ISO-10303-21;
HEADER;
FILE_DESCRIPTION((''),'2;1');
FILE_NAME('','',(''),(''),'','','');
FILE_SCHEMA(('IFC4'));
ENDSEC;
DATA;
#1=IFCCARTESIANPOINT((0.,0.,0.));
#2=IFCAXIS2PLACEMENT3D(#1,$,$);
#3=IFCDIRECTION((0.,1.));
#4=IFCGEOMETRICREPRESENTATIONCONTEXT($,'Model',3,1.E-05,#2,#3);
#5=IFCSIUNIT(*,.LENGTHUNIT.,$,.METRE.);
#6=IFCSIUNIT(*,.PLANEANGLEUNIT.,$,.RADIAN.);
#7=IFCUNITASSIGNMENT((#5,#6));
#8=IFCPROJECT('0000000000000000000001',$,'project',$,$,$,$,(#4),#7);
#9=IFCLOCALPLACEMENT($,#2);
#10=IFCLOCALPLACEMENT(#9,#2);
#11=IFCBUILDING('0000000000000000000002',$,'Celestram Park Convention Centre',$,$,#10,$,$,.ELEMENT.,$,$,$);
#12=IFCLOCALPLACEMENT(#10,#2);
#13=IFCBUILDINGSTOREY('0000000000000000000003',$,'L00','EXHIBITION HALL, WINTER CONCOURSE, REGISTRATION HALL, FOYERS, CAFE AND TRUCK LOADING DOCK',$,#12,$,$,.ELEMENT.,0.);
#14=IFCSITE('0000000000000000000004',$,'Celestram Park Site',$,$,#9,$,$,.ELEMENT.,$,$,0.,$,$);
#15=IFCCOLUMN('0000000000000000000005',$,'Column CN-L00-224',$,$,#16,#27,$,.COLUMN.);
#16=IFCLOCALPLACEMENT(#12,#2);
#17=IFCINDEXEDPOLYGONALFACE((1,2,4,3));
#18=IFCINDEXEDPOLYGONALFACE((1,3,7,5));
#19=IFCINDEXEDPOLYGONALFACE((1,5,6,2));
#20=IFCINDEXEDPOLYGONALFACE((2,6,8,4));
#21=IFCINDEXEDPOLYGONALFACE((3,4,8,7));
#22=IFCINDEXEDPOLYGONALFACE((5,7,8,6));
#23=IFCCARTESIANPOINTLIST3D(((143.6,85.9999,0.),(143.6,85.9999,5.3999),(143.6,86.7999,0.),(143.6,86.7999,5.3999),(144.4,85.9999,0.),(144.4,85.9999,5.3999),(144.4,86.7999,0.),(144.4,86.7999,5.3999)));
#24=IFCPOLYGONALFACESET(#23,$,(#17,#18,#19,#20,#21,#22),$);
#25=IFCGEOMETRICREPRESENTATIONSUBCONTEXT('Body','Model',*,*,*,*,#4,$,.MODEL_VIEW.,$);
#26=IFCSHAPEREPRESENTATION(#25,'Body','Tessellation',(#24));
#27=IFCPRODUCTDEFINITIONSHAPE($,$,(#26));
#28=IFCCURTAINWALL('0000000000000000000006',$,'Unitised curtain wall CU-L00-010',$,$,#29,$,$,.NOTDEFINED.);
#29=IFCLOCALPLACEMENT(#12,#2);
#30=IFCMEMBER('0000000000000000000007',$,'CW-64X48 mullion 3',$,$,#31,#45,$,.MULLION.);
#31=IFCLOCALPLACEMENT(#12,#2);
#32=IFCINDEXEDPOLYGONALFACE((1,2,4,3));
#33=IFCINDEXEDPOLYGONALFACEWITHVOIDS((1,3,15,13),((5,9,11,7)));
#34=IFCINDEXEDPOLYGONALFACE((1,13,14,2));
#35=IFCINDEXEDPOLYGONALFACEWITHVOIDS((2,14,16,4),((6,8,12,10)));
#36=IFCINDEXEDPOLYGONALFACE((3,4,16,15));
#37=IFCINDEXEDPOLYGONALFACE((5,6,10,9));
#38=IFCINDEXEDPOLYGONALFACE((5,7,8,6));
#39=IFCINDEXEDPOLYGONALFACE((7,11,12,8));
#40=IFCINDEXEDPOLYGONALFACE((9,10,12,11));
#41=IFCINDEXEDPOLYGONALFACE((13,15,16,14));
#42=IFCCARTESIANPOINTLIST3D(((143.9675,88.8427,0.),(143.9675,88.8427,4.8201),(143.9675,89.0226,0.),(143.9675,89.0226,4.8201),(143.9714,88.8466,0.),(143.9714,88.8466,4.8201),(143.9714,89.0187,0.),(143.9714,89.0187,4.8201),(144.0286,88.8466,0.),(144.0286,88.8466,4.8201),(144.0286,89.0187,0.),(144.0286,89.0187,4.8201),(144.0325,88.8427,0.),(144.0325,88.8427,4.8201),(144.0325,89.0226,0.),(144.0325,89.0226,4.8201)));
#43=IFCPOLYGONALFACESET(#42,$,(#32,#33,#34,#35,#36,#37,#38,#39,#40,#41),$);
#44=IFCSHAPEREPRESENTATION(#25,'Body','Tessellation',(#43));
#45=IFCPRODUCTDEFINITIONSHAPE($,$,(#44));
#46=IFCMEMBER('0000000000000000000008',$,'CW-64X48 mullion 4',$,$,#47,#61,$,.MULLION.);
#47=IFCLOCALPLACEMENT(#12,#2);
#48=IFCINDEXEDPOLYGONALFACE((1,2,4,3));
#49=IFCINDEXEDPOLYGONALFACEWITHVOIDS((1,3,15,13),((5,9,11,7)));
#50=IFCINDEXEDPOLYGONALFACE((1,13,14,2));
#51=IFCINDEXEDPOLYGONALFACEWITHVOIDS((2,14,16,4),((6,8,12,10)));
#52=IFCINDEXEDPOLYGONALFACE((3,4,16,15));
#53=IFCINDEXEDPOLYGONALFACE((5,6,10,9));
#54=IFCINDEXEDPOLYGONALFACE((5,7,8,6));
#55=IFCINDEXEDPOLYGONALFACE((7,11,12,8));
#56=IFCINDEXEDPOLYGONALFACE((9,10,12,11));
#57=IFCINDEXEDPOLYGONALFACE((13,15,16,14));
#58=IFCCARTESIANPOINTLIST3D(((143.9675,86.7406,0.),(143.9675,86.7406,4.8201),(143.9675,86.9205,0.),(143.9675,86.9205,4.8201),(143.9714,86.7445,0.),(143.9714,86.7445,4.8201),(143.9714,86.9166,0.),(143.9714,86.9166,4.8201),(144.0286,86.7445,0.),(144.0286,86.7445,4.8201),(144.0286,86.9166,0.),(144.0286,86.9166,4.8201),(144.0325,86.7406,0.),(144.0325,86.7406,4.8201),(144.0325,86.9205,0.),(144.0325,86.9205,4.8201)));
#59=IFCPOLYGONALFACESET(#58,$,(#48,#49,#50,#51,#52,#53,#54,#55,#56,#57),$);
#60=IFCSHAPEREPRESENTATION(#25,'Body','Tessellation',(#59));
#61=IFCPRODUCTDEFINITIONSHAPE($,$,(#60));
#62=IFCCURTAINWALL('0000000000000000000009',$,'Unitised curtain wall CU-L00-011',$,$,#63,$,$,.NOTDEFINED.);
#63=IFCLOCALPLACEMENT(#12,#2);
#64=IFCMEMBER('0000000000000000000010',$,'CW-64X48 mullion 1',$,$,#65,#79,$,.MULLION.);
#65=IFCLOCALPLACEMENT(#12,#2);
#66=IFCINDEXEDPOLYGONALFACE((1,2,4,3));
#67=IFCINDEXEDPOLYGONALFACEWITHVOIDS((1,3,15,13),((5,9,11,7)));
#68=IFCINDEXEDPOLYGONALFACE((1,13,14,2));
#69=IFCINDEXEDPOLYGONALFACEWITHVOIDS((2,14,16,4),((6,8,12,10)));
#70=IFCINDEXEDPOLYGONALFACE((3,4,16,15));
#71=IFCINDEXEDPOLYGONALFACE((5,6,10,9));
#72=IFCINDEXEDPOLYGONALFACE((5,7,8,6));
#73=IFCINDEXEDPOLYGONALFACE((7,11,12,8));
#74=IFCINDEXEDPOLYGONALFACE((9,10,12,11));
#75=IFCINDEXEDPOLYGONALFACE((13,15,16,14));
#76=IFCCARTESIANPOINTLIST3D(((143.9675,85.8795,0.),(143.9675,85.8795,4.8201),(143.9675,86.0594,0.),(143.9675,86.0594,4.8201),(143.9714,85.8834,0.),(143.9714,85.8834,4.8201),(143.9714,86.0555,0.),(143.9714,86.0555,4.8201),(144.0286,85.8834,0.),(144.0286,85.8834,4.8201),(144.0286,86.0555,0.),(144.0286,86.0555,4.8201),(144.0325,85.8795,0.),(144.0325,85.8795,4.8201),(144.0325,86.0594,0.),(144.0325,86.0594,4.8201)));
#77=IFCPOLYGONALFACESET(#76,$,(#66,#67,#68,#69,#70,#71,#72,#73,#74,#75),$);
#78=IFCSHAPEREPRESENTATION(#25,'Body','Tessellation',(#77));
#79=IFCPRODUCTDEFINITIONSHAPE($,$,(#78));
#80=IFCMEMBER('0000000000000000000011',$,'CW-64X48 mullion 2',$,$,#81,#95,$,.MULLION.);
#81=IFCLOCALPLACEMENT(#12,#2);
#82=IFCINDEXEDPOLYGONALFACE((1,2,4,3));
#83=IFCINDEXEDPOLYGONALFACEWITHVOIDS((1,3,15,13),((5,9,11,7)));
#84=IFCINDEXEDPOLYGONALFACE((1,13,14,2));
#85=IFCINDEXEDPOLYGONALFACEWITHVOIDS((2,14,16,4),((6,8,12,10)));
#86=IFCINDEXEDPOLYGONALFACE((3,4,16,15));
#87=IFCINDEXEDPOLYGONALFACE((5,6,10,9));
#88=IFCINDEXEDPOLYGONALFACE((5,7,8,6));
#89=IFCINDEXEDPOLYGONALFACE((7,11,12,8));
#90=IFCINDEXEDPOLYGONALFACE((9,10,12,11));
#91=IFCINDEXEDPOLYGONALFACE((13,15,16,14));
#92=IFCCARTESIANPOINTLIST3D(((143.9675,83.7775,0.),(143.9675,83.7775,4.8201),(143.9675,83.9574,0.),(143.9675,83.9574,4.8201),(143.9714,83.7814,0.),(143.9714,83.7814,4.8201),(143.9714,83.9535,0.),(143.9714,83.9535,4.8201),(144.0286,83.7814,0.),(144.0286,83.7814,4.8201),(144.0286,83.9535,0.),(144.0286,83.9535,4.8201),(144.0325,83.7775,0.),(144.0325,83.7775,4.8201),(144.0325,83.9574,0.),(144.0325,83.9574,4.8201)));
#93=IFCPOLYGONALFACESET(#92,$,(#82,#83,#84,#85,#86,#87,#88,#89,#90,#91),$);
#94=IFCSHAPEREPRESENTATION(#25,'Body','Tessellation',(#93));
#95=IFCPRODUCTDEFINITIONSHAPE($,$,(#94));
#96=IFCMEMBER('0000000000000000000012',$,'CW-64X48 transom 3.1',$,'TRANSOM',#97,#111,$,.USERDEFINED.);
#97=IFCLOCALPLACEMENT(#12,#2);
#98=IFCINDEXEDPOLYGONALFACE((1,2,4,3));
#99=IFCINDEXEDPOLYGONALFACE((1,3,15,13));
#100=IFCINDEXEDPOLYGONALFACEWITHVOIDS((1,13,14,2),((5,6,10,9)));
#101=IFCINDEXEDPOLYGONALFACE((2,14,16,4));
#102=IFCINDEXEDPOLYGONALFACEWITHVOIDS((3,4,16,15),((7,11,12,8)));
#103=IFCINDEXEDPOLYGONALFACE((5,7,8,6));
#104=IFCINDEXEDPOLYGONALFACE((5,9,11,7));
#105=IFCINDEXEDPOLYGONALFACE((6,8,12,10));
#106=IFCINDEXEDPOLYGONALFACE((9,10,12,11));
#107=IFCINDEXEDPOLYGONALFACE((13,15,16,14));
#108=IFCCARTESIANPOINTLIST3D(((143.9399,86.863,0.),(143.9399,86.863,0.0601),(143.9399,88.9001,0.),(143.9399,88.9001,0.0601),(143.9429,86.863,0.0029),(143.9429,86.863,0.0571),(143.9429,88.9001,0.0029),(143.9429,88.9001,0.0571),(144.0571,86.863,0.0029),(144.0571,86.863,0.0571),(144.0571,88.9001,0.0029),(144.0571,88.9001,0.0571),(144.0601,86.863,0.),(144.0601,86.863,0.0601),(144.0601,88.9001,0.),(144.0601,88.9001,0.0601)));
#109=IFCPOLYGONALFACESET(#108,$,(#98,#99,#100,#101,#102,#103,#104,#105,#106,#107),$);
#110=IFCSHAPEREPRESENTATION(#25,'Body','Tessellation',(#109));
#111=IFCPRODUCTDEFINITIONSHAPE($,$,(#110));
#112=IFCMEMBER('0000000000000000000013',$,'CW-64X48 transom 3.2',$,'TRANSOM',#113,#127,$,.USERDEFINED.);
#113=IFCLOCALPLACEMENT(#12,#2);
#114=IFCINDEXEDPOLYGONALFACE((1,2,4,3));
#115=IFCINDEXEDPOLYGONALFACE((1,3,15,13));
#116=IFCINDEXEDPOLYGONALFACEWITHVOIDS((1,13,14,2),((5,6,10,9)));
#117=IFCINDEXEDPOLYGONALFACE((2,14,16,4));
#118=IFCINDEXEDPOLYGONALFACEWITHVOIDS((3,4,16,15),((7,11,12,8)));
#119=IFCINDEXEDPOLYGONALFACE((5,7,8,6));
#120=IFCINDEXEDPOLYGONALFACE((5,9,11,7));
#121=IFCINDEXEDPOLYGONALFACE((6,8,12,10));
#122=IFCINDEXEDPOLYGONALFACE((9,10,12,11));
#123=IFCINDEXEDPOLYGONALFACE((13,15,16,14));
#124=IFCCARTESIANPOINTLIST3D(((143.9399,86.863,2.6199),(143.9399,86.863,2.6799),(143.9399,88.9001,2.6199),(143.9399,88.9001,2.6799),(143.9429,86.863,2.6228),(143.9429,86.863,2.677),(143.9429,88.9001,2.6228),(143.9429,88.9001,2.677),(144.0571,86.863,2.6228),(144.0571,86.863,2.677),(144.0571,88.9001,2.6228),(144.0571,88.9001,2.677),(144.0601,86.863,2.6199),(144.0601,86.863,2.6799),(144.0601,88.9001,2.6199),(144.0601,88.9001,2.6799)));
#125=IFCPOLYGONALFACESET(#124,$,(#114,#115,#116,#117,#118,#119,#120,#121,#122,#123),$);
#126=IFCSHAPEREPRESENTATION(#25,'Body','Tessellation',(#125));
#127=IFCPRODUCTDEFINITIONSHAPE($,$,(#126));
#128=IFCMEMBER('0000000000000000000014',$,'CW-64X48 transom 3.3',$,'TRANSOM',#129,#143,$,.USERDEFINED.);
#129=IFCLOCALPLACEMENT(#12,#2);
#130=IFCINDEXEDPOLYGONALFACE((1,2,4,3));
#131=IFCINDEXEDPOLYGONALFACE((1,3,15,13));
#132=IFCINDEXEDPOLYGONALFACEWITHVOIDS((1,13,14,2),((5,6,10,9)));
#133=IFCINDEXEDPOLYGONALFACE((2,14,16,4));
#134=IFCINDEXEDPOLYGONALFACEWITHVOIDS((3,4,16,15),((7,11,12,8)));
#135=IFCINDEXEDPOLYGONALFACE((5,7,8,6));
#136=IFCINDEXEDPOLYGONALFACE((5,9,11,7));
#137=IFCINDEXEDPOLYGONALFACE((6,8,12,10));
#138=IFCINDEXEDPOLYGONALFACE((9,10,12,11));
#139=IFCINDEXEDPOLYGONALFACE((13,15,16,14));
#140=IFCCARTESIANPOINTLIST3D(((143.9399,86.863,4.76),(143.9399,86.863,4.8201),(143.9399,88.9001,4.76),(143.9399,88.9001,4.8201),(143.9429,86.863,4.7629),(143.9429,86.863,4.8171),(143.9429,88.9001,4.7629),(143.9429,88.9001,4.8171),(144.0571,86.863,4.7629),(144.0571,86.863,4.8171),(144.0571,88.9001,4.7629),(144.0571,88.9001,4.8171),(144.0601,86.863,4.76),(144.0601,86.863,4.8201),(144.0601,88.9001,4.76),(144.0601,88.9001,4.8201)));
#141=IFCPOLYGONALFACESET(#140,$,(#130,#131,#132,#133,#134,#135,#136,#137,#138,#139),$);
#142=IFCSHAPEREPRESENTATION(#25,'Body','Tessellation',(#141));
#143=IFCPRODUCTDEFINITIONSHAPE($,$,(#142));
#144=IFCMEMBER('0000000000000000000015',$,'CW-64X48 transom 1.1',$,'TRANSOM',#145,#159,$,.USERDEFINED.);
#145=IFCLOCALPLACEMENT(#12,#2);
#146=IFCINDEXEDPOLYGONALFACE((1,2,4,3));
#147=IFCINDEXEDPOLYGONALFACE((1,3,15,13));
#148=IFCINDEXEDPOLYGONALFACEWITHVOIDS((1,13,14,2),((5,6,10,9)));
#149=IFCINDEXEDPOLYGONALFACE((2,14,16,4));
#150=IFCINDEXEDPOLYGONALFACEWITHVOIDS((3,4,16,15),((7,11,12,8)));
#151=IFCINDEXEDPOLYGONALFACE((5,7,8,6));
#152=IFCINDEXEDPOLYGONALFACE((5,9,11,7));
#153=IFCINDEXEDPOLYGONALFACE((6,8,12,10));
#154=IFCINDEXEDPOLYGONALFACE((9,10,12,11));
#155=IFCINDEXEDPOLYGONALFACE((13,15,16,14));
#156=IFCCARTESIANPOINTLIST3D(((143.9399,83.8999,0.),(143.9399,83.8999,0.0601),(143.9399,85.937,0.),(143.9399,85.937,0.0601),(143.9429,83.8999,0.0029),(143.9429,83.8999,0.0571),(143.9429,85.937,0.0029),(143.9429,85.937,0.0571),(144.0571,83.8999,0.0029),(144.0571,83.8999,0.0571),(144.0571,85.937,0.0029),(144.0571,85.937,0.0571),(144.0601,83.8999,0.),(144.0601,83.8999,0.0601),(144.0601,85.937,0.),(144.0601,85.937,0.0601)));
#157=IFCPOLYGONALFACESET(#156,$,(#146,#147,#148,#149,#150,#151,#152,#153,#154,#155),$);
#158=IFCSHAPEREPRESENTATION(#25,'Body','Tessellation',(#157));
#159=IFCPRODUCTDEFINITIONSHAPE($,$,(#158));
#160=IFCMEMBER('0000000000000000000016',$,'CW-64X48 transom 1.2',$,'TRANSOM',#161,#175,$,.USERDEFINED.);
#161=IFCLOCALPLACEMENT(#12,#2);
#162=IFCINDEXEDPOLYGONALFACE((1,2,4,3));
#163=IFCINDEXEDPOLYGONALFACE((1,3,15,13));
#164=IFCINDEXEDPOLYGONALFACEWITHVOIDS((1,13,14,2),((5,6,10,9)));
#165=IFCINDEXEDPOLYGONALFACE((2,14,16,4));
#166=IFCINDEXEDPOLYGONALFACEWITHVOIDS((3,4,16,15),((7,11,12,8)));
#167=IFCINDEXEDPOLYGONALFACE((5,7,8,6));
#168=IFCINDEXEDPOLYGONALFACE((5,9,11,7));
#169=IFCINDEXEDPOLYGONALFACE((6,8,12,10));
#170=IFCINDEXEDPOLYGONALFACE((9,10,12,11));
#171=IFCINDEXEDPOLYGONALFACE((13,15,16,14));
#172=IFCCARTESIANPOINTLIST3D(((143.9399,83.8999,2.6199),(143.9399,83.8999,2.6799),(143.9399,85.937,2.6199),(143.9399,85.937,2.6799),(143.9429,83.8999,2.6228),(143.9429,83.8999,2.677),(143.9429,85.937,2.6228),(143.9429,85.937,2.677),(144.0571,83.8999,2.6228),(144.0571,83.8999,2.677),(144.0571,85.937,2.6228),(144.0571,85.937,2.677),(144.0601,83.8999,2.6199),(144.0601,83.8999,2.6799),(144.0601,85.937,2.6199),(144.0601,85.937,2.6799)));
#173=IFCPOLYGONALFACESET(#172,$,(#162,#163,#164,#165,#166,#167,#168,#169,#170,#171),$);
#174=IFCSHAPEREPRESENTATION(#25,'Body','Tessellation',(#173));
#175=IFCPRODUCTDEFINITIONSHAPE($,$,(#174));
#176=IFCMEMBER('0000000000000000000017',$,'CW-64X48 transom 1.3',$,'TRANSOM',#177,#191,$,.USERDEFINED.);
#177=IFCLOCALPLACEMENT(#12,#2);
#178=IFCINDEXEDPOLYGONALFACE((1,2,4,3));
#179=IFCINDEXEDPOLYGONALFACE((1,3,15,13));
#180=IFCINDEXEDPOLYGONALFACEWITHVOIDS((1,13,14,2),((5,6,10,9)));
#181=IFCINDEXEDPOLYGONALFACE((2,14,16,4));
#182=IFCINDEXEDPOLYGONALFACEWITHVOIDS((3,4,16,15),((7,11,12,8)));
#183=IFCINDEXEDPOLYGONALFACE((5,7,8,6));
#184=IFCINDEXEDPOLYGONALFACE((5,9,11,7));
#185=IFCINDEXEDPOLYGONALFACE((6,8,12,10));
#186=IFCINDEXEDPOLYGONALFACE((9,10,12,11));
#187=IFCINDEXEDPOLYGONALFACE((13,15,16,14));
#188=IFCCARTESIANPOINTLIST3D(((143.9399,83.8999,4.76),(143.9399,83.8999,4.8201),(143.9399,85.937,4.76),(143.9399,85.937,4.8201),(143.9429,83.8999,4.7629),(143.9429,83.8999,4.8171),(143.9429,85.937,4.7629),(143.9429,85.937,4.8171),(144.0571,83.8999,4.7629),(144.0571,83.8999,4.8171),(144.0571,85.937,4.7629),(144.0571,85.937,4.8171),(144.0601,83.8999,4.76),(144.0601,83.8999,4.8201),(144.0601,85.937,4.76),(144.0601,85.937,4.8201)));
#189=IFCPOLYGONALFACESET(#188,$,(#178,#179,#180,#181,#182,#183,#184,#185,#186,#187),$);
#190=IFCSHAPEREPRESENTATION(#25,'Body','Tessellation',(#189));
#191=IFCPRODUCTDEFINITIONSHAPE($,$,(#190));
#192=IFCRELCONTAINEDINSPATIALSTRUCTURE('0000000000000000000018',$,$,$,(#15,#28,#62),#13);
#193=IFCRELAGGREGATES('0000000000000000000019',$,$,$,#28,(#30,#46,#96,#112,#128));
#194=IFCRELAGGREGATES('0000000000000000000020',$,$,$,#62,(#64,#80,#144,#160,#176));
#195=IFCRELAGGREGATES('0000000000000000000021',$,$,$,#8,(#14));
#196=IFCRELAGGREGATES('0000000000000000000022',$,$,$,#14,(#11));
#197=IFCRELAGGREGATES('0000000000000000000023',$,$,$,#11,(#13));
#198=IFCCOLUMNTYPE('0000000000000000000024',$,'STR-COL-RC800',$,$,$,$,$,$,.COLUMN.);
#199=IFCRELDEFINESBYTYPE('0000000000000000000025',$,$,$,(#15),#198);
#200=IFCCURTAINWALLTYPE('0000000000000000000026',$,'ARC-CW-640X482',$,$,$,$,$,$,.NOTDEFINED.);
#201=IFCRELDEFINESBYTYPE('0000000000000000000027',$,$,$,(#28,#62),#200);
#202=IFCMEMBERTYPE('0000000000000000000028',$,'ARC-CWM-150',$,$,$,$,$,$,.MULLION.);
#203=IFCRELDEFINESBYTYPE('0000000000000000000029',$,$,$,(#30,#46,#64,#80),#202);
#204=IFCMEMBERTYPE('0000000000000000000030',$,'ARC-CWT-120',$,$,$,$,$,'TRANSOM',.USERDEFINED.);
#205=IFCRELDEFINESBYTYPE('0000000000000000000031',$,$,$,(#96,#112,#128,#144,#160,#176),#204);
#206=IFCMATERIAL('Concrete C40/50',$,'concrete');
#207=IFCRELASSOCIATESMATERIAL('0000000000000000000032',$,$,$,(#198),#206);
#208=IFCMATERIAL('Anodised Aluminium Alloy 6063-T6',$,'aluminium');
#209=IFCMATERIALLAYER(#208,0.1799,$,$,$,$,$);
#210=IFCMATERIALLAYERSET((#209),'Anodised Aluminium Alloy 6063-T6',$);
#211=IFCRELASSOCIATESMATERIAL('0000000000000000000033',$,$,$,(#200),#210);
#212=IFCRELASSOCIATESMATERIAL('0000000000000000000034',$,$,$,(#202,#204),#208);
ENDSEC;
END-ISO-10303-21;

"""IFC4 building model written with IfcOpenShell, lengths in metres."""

from ifc_helpers import new_model, si_unit, direction, frame, origin, origin_2d, place, context, subcontext, project, spatial, rectangle, hollow_rectangle, extrude, material, layer, layer_set, material_profile, profile_set, type_object, element, aggregate, save


model = new_model("IFC4")

# Units and contexts
model_context = context("Model", 3, precision=1e-05, world=origin(), true_north=direction((0.0, 1.0)))
body_context = subcontext(model_context, "Body", "Model", "MODEL_VIEW")
ifc_project = project(units=[si_unit("LENGTHUNIT", "METRE"), si_unit("PLANEANGLEUNIT", "RADIAN")], contexts=[model_context])

# Site, building, storey
site_placement = place(None, origin())
site = spatial("IfcSite", under=ifc_project, at=site_placement, Name="Celestram Park Site", CompositionType="ELEMENT", RefElevation=0.0)
building_placement = place(site_placement, origin())
building = spatial("IfcBuilding", under=site, at=building_placement, Name="Celestram Park Convention Centre", CompositionType="ELEMENT")
storey_placement = place(building_placement, origin())
storey = spatial("IfcBuildingStorey", under=building, at=storey_placement, Name="L00", Description="EXHIBITION HALL, WINTER CONCOURSE, REGISTRATION HALL, FOYERS, CAFE AND TRUCK LOADING DOCK", CompositionType="ELEMENT", Elevation=0.0)

# Column
ifc_material_1 = material(Name="Concrete C40/50", Category="concrete")
ifc_material_profile_1 = material_profile(ifc_material_1, rectangle(XDim=0.8, YDim=0.8, at=origin_2d()), Name="RC800X800")
ifc_profile_set_1 = profile_set([ifc_material_profile_1], Name="Concrete C40/50")
column_type = type_object("IfcColumnType", Name="STR-COL-RC800", PredefinedType="COLUMN", material=ifc_profile_set_1)
column_placement = place(storey_placement, frame((144.0, 86.3999, 0.0), z_axis=(0.0, 0.0, 1.0), x_axis=(1.0, 0.0, 0.0)))
element("IfcColumn", 1, at=column_placement, inside=storey, type_object=column_type, Name="Column CN-L00-224", PredefinedType="COLUMN", context=body_context, shape_type="SweptSolid", body=[
    extrude(rectangle(XDim=0.8, YDim=0.8, at=origin_2d()), origin(), (0.0, 0.0, 1.0), 5.3999),
])

# Curtain walls, members
ifc_material_2 = material(Name="Anodised Aluminium Alloy 6063-T6", Category="aluminium")
ifc_layer_1 = layer(ifc_material_2, 0.1799)
ifc_layer_set_1 = layer_set([ifc_layer_1], Name="Anodised Aluminium Alloy 6063-T6")
curtain_wall_type = type_object("IfcCurtainWallType", Name="ARC-CW-640X482", PredefinedType="NOTDEFINED", material=ifc_layer_set_1)
curtain_wall_1_placement = place(storey_placement, origin())
curtain_wall_1 = element("IfcCurtainWall", 2, at=curtain_wall_1_placement, inside=storey, type_object=curtain_wall_type, Name="Unitised curtain wall CU-L00-010", PredefinedType="NOTDEFINED")
ifc_material_profile_2 = material_profile(ifc_material_2, hollow_rectangle(XDim=0.0649, YDim=0.1799, WallThickness=0.0039, at=origin_2d()), Name="ALU65X180X4")
ifc_profile_set_2 = profile_set([ifc_material_profile_2], Name="Anodised Aluminium Alloy 6063-T6")
member_type_1 = type_object("IfcMemberType", Name="ARC-CWM-150", PredefinedType="MULLION", material=ifc_profile_set_2)
member_1_placement = place(storey_placement, frame((144.0, 88.9326, 0.0), z_axis=(0.0, 0.0, 1.0), x_axis=(1.0, 0.0, 0.0)))
member_1 = element("IfcMember", 3, at=member_1_placement, type_object=member_type_1, Name="CW-64X48 mullion 3", PredefinedType="MULLION", context=body_context, shape_type="SweptSolid", body=[
    extrude(hollow_rectangle(XDim=0.0649, YDim=0.1799, WallThickness=0.0039, at=origin_2d()), origin(), (0.0, 0.0, 1.0), 4.8201),
])
member_2_placement = place(storey_placement, frame((144.0, 86.8306, 0.0), z_axis=(0.0, 0.0, 1.0), x_axis=(1.0, 0.0, 0.0)))
member_2 = element("IfcMember", 4, at=member_2_placement, type_object=member_type_1, Name="CW-64X48 mullion 4", PredefinedType="MULLION", context=body_context, shape_type="SweptSolid", body=[
    extrude(hollow_rectangle(XDim=0.0649, YDim=0.1799, WallThickness=0.0039, at=origin_2d()), origin(), (0.0, 0.0, 1.0), 4.8201),
])
curtain_wall_2_placement = place(storey_placement, origin())
curtain_wall_2 = element("IfcCurtainWall", 5, at=curtain_wall_2_placement, inside=storey, type_object=curtain_wall_type, Name="Unitised curtain wall CU-L00-011", PredefinedType="NOTDEFINED")
member_3_placement = place(storey_placement, frame((144.0, 85.9695, 0.0), z_axis=(0.0, 0.0, 1.0), x_axis=(1.0, 0.0, 0.0)))
member_3 = element("IfcMember", 6, at=member_3_placement, type_object=member_type_1, Name="CW-64X48 mullion 1", PredefinedType="MULLION", context=body_context, shape_type="SweptSolid", body=[
    extrude(hollow_rectangle(XDim=0.0649, YDim=0.1799, WallThickness=0.0039, at=origin_2d()), origin(), (0.0, 0.0, 1.0), 4.8201),
])
member_4_placement = place(storey_placement, frame((144.0, 83.8674, 0.0), z_axis=(0.0, 0.0, 1.0), x_axis=(1.0, 0.0, 0.0)))
member_4 = element("IfcMember", 7, at=member_4_placement, type_object=member_type_1, Name="CW-64X48 mullion 2", PredefinedType="MULLION", context=body_context, shape_type="SweptSolid", body=[
    extrude(hollow_rectangle(XDim=0.0649, YDim=0.1799, WallThickness=0.0039, at=origin_2d()), origin(), (0.0, 0.0, 1.0), 4.8201),
])

# Members
ifc_material_profile_3 = material_profile(ifc_material_2, hollow_rectangle(XDim=0.1201, YDim=0.0601, WallThickness=0.0029, at=origin_2d()), Name="ALU120X60X3")
ifc_profile_set_3 = profile_set([ifc_material_profile_3], Name="Anodised Aluminium Alloy 6063-T6")
member_type_2 = type_object("IfcMemberType", Name="ARC-CWT-120", ElementType="TRANSOM", PredefinedType="USERDEFINED", material=ifc_profile_set_3)
member_5_placement = place(storey_placement, frame((144.0, 88.9001, 0.03), z_axis=(0.0, -1.0, 0.0), x_axis=(1.0, 0.0, 0.0)))
member_5 = element("IfcMember", 8, at=member_5_placement, type_object=member_type_2, Name="CW-64X48 transom 3.1", ObjectType="TRANSOM", PredefinedType="USERDEFINED", context=body_context, shape_type="SweptSolid", body=[
    extrude(hollow_rectangle(XDim=0.1201, YDim=0.0601, WallThickness=0.0029, at=origin_2d()), origin(), (0.0, 0.0, 1.0), 2.0371),
])
member_6_placement = place(storey_placement, frame((144.0, 88.9001, 2.6499), z_axis=(0.0, -1.0, 0.0), x_axis=(1.0, 0.0, 0.0)))
member_6 = element("IfcMember", 9, at=member_6_placement, type_object=member_type_2, Name="CW-64X48 transom 3.2", ObjectType="TRANSOM", PredefinedType="USERDEFINED", context=body_context, shape_type="SweptSolid", body=[
    extrude(hollow_rectangle(XDim=0.1201, YDim=0.0601, WallThickness=0.0029, at=origin_2d()), origin(), (0.0, 0.0, 1.0), 2.0371),
])
member_7_placement = place(storey_placement, frame((144.0, 88.9001, 4.79), z_axis=(0.0, -1.0, 0.0), x_axis=(1.0, 0.0, 0.0)))
member_7 = element("IfcMember", 10, at=member_7_placement, type_object=member_type_2, Name="CW-64X48 transom 3.3", ObjectType="TRANSOM", PredefinedType="USERDEFINED", context=body_context, shape_type="SweptSolid", body=[
    extrude(hollow_rectangle(XDim=0.1201, YDim=0.0601, WallThickness=0.0029, at=origin_2d()), origin(), (0.0, 0.0, 1.0), 2.0371),
])
member_8_placement = place(storey_placement, frame((144.0, 85.937, 0.03), z_axis=(0.0, -1.0, 0.0), x_axis=(1.0, 0.0, 0.0)))
member_8 = element("IfcMember", 11, at=member_8_placement, type_object=member_type_2, Name="CW-64X48 transom 1.1", ObjectType="TRANSOM", PredefinedType="USERDEFINED", context=body_context, shape_type="SweptSolid", body=[
    extrude(hollow_rectangle(XDim=0.1201, YDim=0.0601, WallThickness=0.0029, at=origin_2d()), origin(), (0.0, 0.0, 1.0), 2.0371),
])
member_9_placement = place(storey_placement, frame((144.0, 85.937, 2.6499), z_axis=(0.0, -1.0, 0.0), x_axis=(1.0, 0.0, 0.0)))
member_9 = element("IfcMember", 12, at=member_9_placement, type_object=member_type_2, Name="CW-64X48 transom 1.2", ObjectType="TRANSOM", PredefinedType="USERDEFINED", context=body_context, shape_type="SweptSolid", body=[
    extrude(hollow_rectangle(XDim=0.1201, YDim=0.0601, WallThickness=0.0029, at=origin_2d()), origin(), (0.0, 0.0, 1.0), 2.0371),
])
member_10_placement = place(storey_placement, frame((144.0, 85.937, 4.79), z_axis=(0.0, -1.0, 0.0), x_axis=(1.0, 0.0, 0.0)))
member_10 = element("IfcMember", 13, at=member_10_placement, type_object=member_type_2, Name="CW-64X48 transom 1.3", ObjectType="TRANSOM", PredefinedType="USERDEFINED", context=body_context, shape_type="SweptSolid", body=[
    extrude(hollow_rectangle(XDim=0.1201, YDim=0.0601, WallThickness=0.0029, at=origin_2d()), origin(), (0.0, 0.0, 1.0), 2.0371),
])

aggregate(curtain_wall_1, [member_1, member_2, member_5, member_6, member_7])
aggregate(curtain_wall_2, [member_3, member_4, member_8, member_9, member_10])

save(model, "model.ifc")
